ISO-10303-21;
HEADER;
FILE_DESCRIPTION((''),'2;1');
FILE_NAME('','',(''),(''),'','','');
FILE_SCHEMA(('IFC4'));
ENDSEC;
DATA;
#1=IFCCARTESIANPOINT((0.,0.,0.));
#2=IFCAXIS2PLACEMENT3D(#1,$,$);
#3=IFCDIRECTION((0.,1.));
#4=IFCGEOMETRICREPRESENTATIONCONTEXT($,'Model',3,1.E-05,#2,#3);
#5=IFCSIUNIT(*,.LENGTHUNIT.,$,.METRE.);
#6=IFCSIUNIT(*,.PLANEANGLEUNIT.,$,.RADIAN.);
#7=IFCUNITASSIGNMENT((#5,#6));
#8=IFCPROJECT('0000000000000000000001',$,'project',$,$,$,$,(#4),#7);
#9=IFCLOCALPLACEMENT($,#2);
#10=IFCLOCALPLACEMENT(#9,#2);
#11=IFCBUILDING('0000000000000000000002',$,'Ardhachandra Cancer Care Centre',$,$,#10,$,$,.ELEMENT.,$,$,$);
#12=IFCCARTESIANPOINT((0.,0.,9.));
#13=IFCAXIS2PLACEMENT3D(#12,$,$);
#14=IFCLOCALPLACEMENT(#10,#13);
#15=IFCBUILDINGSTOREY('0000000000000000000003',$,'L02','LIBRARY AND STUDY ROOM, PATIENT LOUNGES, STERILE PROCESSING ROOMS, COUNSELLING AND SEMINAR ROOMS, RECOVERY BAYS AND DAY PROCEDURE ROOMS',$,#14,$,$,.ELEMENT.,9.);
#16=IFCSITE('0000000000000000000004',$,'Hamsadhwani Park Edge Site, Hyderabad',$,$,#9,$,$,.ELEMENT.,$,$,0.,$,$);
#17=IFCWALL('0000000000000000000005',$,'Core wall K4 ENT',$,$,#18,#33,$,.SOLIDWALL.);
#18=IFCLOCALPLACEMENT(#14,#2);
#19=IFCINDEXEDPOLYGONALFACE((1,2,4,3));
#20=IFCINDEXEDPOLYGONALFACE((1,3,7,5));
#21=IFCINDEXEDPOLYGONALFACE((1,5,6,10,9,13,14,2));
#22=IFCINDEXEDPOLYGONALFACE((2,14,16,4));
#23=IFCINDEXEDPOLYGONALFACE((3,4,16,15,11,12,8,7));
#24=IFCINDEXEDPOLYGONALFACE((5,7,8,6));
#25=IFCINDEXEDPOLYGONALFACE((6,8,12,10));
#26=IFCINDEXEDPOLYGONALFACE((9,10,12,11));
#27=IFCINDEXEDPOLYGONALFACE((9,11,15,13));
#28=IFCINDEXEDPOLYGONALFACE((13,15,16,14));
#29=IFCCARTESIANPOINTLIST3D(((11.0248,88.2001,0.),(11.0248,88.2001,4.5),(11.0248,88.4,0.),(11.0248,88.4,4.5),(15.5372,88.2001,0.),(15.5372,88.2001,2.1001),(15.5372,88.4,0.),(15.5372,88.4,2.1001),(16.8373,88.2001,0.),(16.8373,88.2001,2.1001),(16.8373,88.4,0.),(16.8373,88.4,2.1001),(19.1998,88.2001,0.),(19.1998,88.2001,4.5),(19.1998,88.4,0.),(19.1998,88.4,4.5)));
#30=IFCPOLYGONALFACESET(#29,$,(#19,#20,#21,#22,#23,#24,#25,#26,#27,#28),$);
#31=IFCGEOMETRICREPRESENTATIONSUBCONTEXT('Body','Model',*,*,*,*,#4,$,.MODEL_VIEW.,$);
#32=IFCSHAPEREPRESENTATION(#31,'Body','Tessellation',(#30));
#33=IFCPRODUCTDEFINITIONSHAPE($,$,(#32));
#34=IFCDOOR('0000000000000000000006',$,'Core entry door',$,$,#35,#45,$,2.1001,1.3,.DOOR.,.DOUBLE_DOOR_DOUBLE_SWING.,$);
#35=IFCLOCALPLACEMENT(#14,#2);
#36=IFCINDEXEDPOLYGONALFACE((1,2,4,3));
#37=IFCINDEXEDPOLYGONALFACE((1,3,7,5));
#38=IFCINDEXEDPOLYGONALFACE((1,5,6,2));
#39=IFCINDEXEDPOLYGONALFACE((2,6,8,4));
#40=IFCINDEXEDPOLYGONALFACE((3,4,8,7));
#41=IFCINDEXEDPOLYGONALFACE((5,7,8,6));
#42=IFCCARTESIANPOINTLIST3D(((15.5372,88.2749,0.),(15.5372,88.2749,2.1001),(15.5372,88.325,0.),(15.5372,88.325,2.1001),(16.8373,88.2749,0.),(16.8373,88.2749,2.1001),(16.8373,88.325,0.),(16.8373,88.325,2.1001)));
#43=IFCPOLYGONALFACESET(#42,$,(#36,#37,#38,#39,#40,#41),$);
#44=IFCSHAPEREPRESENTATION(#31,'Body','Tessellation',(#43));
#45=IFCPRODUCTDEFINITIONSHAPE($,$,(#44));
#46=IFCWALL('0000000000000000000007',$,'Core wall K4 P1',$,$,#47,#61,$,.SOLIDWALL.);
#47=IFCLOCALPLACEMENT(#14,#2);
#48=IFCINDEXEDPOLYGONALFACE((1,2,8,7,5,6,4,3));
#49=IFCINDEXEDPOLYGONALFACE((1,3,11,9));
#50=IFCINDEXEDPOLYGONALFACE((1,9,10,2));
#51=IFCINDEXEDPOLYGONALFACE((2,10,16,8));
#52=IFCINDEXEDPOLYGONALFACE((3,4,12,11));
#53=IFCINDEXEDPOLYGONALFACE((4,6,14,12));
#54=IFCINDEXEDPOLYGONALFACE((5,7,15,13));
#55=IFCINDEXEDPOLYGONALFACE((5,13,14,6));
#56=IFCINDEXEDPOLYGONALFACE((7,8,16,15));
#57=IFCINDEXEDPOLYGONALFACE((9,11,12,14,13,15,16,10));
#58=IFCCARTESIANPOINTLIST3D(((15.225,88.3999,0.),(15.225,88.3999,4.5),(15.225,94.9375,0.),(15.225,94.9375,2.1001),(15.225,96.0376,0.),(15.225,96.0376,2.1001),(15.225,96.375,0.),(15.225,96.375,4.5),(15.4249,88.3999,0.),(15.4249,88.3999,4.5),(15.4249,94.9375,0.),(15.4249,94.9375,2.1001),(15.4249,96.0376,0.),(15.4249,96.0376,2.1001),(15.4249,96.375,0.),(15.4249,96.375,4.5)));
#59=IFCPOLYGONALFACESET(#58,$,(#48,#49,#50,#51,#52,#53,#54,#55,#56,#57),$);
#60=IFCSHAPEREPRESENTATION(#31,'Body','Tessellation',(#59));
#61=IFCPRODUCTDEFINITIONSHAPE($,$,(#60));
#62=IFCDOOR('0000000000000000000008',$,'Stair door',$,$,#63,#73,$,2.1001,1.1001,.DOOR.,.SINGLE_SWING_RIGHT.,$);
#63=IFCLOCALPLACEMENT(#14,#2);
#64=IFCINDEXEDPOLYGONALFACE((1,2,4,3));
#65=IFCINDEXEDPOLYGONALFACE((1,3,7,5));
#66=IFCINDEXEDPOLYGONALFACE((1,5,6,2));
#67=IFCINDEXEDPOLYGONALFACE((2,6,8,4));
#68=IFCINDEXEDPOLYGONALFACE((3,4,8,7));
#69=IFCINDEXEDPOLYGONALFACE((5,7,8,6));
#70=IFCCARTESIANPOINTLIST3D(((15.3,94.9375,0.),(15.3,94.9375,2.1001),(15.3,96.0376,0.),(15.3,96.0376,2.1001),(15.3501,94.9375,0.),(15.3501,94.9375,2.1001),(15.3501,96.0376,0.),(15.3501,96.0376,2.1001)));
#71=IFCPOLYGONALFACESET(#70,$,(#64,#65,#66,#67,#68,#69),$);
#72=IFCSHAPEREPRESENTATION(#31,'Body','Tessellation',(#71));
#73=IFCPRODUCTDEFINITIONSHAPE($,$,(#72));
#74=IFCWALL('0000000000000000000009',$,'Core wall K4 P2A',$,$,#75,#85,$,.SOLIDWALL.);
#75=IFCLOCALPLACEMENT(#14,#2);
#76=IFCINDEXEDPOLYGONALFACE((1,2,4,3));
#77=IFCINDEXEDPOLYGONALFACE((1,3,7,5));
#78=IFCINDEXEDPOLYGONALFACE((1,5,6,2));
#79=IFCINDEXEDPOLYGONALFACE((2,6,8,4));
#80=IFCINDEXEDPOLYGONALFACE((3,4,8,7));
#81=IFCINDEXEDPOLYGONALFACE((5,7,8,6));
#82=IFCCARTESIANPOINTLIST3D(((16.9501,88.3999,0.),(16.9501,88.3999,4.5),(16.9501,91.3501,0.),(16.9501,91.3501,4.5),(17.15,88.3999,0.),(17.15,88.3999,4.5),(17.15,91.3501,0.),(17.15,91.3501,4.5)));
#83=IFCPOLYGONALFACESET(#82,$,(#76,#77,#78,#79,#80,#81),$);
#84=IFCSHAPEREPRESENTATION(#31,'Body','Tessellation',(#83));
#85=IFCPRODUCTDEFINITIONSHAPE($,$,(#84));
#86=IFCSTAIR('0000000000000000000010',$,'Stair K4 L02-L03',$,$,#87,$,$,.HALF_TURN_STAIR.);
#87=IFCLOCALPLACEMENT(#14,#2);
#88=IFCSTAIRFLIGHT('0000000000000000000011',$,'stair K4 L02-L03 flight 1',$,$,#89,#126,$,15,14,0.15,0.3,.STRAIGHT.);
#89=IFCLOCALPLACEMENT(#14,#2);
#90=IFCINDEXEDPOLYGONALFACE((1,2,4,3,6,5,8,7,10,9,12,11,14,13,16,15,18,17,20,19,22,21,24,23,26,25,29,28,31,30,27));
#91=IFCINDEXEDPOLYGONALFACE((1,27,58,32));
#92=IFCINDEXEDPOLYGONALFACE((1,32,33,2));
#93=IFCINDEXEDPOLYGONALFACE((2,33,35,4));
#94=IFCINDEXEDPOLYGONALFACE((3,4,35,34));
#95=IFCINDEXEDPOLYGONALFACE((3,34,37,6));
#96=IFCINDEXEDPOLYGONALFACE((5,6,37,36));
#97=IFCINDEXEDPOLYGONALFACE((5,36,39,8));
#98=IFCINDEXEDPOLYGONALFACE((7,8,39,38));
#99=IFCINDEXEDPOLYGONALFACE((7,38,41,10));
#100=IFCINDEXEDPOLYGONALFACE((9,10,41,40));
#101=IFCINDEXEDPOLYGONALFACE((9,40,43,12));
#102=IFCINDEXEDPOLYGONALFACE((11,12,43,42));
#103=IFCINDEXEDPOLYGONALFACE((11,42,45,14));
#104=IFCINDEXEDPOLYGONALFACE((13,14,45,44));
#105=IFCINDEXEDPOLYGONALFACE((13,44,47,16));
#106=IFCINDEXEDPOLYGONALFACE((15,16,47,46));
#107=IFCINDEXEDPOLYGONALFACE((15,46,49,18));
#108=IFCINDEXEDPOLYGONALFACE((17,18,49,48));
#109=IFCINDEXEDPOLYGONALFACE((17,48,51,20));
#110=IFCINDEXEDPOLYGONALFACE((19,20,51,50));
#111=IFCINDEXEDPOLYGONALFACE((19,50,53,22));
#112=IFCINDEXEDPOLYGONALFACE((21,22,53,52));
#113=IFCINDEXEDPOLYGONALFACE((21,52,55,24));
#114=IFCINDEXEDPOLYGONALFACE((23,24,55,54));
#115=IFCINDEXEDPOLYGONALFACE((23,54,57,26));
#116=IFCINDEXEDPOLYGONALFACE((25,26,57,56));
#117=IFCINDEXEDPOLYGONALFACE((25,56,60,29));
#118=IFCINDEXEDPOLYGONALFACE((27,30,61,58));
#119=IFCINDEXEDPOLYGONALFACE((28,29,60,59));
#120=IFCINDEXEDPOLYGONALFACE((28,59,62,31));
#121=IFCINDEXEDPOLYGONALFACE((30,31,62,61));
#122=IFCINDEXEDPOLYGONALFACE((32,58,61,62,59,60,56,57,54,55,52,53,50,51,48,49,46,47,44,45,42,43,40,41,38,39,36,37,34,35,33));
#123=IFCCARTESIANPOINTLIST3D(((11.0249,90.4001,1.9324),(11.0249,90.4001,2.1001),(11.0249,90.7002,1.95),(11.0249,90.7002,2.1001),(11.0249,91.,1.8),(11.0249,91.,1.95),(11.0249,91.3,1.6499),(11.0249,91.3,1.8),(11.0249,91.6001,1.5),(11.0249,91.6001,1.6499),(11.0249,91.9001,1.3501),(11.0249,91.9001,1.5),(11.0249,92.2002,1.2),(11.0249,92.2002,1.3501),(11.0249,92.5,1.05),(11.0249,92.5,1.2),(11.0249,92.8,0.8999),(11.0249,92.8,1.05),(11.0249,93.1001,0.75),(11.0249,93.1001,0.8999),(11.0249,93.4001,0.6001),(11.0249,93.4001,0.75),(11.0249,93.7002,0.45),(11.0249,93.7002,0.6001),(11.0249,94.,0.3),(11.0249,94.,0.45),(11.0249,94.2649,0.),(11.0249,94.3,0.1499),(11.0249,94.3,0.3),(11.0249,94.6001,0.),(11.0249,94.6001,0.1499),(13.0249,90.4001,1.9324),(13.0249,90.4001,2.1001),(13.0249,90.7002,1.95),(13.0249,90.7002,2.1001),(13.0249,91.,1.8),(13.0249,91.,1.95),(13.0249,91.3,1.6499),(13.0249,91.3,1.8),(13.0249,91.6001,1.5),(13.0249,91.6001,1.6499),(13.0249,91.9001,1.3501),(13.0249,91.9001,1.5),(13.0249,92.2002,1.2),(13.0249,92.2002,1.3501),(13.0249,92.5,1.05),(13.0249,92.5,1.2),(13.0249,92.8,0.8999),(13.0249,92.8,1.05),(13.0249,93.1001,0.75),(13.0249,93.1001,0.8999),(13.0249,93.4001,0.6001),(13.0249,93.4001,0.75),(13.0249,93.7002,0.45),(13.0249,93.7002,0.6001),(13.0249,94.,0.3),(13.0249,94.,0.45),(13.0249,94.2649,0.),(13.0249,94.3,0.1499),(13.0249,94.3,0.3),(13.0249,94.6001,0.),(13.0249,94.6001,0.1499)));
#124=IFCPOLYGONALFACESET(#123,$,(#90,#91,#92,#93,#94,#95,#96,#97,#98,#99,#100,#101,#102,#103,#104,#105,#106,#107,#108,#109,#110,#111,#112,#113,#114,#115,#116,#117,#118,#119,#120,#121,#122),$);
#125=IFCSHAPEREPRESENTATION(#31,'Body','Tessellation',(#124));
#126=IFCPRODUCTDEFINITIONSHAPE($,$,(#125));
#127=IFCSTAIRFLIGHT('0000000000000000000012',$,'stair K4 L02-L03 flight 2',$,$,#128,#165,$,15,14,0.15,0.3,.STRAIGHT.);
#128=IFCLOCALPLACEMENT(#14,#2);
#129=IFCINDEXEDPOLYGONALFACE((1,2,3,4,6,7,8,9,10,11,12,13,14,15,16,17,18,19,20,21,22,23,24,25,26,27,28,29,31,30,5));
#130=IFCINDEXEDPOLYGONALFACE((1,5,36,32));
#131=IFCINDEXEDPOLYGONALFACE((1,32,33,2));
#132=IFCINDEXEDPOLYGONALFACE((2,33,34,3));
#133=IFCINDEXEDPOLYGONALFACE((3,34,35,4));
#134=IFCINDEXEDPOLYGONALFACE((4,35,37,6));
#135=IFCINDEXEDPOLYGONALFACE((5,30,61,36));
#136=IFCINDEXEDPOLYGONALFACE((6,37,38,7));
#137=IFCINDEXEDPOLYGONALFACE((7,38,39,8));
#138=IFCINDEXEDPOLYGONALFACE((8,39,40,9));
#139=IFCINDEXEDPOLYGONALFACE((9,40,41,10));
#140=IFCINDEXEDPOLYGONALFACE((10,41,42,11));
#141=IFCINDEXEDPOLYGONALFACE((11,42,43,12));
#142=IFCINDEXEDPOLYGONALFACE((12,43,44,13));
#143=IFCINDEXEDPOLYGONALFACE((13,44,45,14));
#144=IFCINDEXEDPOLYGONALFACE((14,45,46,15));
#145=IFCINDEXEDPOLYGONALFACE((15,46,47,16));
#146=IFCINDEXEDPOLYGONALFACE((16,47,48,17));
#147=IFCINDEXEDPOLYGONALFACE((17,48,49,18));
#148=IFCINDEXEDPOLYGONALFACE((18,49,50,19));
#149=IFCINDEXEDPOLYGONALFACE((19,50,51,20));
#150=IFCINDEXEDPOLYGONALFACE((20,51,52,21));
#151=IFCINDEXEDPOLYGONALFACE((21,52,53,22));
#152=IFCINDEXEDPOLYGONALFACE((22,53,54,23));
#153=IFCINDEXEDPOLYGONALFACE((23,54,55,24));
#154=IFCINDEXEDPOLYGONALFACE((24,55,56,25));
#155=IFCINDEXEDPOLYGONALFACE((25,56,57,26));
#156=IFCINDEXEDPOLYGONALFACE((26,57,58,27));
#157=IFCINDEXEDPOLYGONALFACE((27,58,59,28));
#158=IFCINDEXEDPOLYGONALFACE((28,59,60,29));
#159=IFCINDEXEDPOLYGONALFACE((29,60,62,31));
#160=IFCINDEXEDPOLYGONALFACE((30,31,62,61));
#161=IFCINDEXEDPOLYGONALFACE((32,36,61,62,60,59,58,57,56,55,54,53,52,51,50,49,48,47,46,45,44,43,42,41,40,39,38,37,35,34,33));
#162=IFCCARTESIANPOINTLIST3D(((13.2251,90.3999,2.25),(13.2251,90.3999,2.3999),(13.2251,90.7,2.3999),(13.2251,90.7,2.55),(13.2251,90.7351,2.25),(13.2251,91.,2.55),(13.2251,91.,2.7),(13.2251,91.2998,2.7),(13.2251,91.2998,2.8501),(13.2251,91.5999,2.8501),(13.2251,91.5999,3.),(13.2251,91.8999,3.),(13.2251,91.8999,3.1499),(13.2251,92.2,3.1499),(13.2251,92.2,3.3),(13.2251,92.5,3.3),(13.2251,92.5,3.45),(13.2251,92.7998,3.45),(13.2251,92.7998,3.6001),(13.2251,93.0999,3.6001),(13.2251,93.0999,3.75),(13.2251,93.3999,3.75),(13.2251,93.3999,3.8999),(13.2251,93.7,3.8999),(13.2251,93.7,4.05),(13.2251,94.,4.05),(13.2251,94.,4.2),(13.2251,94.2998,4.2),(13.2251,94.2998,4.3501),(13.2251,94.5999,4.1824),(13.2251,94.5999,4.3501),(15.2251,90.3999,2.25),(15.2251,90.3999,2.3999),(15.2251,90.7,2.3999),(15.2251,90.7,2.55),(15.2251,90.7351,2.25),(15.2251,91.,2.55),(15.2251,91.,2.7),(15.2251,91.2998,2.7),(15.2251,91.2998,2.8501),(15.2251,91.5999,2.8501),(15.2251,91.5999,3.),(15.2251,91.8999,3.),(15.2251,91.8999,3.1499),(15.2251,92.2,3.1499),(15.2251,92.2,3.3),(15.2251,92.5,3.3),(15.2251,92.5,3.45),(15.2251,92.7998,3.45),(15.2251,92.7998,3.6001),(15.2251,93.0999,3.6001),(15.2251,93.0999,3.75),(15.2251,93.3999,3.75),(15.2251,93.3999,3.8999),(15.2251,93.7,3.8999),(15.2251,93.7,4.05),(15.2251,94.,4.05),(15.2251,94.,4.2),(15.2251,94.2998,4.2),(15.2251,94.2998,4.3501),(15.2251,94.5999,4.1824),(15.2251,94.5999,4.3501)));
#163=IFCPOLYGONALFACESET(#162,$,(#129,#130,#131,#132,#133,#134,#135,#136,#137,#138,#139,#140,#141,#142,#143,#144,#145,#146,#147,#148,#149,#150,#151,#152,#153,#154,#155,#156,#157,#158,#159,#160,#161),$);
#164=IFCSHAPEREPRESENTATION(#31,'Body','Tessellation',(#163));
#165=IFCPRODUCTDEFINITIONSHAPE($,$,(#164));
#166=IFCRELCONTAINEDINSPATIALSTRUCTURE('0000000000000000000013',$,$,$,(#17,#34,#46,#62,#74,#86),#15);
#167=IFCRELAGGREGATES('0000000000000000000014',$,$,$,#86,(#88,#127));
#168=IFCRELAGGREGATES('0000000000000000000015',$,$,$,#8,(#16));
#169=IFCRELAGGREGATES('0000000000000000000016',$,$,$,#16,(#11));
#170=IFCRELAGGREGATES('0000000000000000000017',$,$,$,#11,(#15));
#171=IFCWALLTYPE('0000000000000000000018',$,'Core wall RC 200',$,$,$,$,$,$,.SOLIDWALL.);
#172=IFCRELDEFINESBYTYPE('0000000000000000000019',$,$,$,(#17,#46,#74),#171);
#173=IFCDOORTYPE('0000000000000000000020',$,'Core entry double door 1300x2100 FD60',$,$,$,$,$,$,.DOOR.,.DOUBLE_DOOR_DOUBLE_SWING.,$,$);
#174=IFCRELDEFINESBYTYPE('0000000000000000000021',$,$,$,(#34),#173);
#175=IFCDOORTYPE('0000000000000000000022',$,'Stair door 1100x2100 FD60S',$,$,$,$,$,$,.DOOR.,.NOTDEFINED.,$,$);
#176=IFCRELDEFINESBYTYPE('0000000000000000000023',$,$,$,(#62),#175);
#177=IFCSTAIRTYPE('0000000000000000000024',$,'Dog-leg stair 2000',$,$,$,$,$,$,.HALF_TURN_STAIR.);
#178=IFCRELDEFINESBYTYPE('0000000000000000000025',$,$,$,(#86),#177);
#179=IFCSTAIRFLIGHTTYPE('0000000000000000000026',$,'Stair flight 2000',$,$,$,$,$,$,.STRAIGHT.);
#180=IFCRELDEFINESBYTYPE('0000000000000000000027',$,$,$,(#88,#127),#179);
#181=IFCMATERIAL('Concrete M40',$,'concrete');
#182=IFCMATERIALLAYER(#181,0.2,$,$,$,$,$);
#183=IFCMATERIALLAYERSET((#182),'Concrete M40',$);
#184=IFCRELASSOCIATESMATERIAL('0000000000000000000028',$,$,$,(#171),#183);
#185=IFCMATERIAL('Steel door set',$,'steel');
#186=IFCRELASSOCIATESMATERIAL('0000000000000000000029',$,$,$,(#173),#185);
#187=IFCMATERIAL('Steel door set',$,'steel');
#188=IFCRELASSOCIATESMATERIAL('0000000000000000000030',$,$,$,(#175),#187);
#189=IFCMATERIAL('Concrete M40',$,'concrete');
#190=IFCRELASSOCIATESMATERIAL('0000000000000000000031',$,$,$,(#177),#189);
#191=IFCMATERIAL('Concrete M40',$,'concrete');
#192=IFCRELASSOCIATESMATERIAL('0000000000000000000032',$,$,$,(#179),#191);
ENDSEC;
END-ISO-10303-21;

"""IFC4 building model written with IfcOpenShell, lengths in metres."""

from ifc_helpers import new_model, si_unit, direction, frame, frame_2d, origin, place, context, subcontext, project, spatial, polyline, rectangle, outline, extrude, material, layer, layer_set, type_object, element, fill, aggregate, save


model = new_model("IFC4")

# Units and contexts
model_context = context("Model", 3, precision=1e-05, world=origin(), true_north=direction((0.0, 1.0)))
body_context = subcontext(model_context, "Body", "Model", "MODEL_VIEW")
ifc_project = project(units=[si_unit("LENGTHUNIT", "METRE"), si_unit("PLANEANGLEUNIT", "RADIAN")], contexts=[model_context])

# Site, building, storey
site_placement = place(None, origin())
site = spatial("IfcSite", under=ifc_project, at=site_placement, Name="Hamsadhwani Park Edge Site, Hyderabad", CompositionType="ELEMENT", RefElevation=0.0)
building_placement = place(site_placement, origin())
building = spatial("IfcBuilding", under=site, at=building_placement, Name="Ardhachandra Cancer Care Centre", CompositionType="ELEMENT")
storey_placement = place(building_placement, frame((0.0, 0.0, 9.0)))
storey = spatial("IfcBuildingStorey", under=building, at=storey_placement, Name="L02", Description="LIBRARY AND STUDY ROOM, PATIENT LOUNGES, STERILE PROCESSING ROOMS, COUNSELLING AND SEMINAR ROOMS, RECOVERY BAYS AND DAY PROCEDURE ROOMS", CompositionType="ELEMENT", Elevation=9.0)

# Walls, openings, doors
ifc_material_1 = material(Name="Concrete M40", Category="concrete")
ifc_layer_1 = layer(ifc_material_1, 0.2)
ifc_layer_set_1 = layer_set([ifc_layer_1], Name="Concrete M40")
wall_type_1 = type_object("IfcWallType", Name="Core wall RC 200", PredefinedType="SOLIDWALL", material=ifc_layer_set_1)
wall_1_placement = place(storey_placement, frame((11.0249, 88.3, 0.0), z_axis=(0.0, 0.0, 1.0), x_axis=(1.0, 0.0, 0.0)))
wall_1 = element("IfcWall", 1, at=wall_1_placement, inside=storey, type_object=wall_type_1, Name="Core wall K4 ENT", PredefinedType="SOLIDWALL", context=body_context, shape_type="SweptSolid", body=[
    extrude(rectangle(XDim=8.175, YDim=0.2, at=frame_2d((4.0874, 0.0))), origin(), (0.0, 0.0, 1.0), 4.5),
])
opening_1_placement = place(wall_1_placement, frame((4.5125, 0.0, 0.0)))
opening_1 = element("IfcOpeningElement", 2, at=opening_1_placement, cuts=wall_1, PredefinedType="OPENING", context=body_context, shape_type="SweptSolid", body=[
    extrude(rectangle(XDim=1.3, YDim=2.1001, at=frame_2d((0.6499, 1.05))), frame((0.0, 0.1099, 0.0), z_axis=(0.0, -1.0, 0.0), x_axis=(1.0, 0.0, 0.0)), (0.0, 0.0, 1.0), 0.22),
])
ifc_material_2 = material(Name="Steel door set", Category="steel")
door_type_1 = type_object("IfcDoorType", Name="Core entry double door 1300x2100 FD60", OperationType="DOUBLE_DOOR_DOUBLE_SWING", PredefinedType="DOOR", material=ifc_material_2)
door_1_placement = place(opening_1_placement, origin())
door_1 = element("IfcDoor", 3, at=door_1_placement, inside=storey, type_object=door_type_1, Name="Core entry door", OperationType="DOUBLE_DOOR_DOUBLE_SWING", OverallHeight=2.1001, OverallWidth=1.3, PredefinedType="DOOR", context=body_context, shape_type="SweptSolid", body=[
    extrude(rectangle(XDim=1.3, YDim=2.1001, at=frame_2d((0.6499, 1.05))), frame((0.0, 0.0249, 0.0), z_axis=(0.0, -1.0, 0.0), x_axis=(1.0, 0.0, 0.0)), (0.0, 0.0, 1.0), 0.05),
])
fill(opening_1, door_1)
wall_2_placement = place(storey_placement, frame((15.325, 88.3999, 0.0), z_axis=(0.0, 0.0, 1.0), x_axis=(0.0, 1.0, 0.0)))
wall_2 = element("IfcWall", 4, at=wall_2_placement, inside=storey, type_object=wall_type_1, Name="Core wall K4 P1", PredefinedType="SOLIDWALL", context=body_context, shape_type="SweptSolid", body=[
    extrude(rectangle(XDim=7.9751, YDim=0.2, at=frame_2d((3.9875, 0.0))), origin(), (0.0, 0.0, 1.0), 4.5),
])
opening_2_placement = place(wall_2_placement, frame((6.5376, 0.0, 0.0)))
opening_2 = element("IfcOpeningElement", 5, at=opening_2_placement, cuts=wall_2, PredefinedType="OPENING", context=body_context, shape_type="SweptSolid", body=[
    extrude(rectangle(XDim=1.1001, YDim=2.1001, at=frame_2d((0.55, 1.05))), frame((0.0, 0.1099, 0.0), z_axis=(0.0, -1.0, 0.0), x_axis=(1.0, 0.0, 0.0)), (0.0, 0.0, 1.0), 0.22),
])
ifc_material_3 = material(Name="Steel door set", Category="steel")
door_type_2 = type_object("IfcDoorType", Name="Stair door 1100x2100 FD60S", OperationType="NOTDEFINED", PredefinedType="DOOR", material=ifc_material_3)
door_2_placement = place(opening_2_placement, origin())
door_2 = element("IfcDoor", 6, at=door_2_placement, inside=storey, type_object=door_type_2, Name="Stair door", OperationType="SINGLE_SWING_RIGHT", OverallHeight=2.1001, OverallWidth=1.1001, PredefinedType="DOOR", context=body_context, shape_type="SweptSolid", body=[
    extrude(rectangle(XDim=1.1001, YDim=2.1001, at=frame_2d((0.55, 1.05))), frame((0.0, 0.0249, 0.0), z_axis=(0.0, -1.0, 0.0), x_axis=(1.0, 0.0, 0.0)), (0.0, 0.0, 1.0), 0.05),
])
fill(opening_2, door_2)

# Wall
wall_3_placement = place(storey_placement, frame((17.05, 88.3999, 0.0), z_axis=(0.0, 0.0, 1.0), x_axis=(0.0, 1.0, 0.0)))
element("IfcWall", 7, at=wall_3_placement, inside=storey, type_object=wall_type_1, Name="Core wall K4 P2A", PredefinedType="SOLIDWALL", context=body_context, shape_type="SweptSolid", body=[
    extrude(rectangle(XDim=2.9502, YDim=0.2, at=frame_2d((1.4751, 0.0))), origin(), (0.0, 0.0, 1.0), 4.5),
])

# Stair, stair flights
ifc_material_4 = material(Name="Concrete M40", Category="concrete")
stair_type = type_object("IfcStairType", Name="Dog-leg stair 2000", PredefinedType="HALF_TURN_STAIR", material=ifc_material_4)
stair_placement = place(storey_placement, origin())
stair = element("IfcStair", 8, at=stair_placement, inside=storey, type_object=stair_type, Name="Stair K4 L02-L03", PredefinedType="HALF_TURN_STAIR")
ifc_material_5 = material(Name="Concrete M40", Category="concrete")
stair_flight_type = type_object("IfcStairFlightType", Name="Stair flight 2000", PredefinedType="STRAIGHT", material=ifc_material_5)
stair_flight_1_placement = place(storey_placement, frame((12.0249, 94.6001, 0.0), z_axis=(0.0, 0.0, 1.0), x_axis=(0.0, -1.0, 0.0)))
stair_flight_1 = element("IfcStairFlight", 9, at=stair_flight_1_placement, type_object=stair_flight_type, Name="stair K4 L02-L03 flight 1", NumberOfRisers=15, NumberOfTreads=14, PredefinedType="STRAIGHT", RiserHeight=0.15, TreadLength=0.3, context=body_context, shape_type="SweptSolid", body=[
    extrude(outline(polyline([(0.0, 0.0), (0.0, 0.1499), (0.3, 0.1499), (0.3, 0.3), (0.6001, 0.3), (0.6001, 0.45), (0.8999, 0.45), (0.8999, 0.6001), (1.2, 0.6001), (1.2, 0.75), (1.5, 0.75), (1.5, 0.8999), (1.8, 0.8999), (1.8, 1.05), (2.1001, 1.05), (2.1001, 1.2), (2.3999, 1.2), (2.3999, 1.3501), (2.7, 1.3501), (2.7, 1.5), (3.0, 1.5), (3.0, 1.6499), (3.3, 1.6499), (3.3, 1.8), (3.6001, 1.8), (3.6001, 1.95), (3.8999, 1.95), (3.8999, 2.1001), (4.2, 2.1001), (4.2, 2.25), (4.2, 1.9324), (0.3352, 0.0), (0.0, 0.0)])), frame((0.0, 1.0, 0.0), z_axis=(0.0, -1.0, 0.0), x_axis=(1.0, 0.0, 0.0)), (0.0, 0.0, 1.0), 2.0),
])
stair_flight_2_placement = place(storey_placement, frame((14.2251, 90.3999, 2.25), z_axis=(0.0, 0.0, 1.0), x_axis=(0.0, 1.0, 0.0)))
stair_flight_2 = element("IfcStairFlight", 10, at=stair_flight_2_placement, type_object=stair_flight_type, Name="stair K4 L02-L03 flight 2", NumberOfRisers=15, NumberOfTreads=14, PredefinedType="STRAIGHT", RiserHeight=0.15, TreadLength=0.3, context=body_context, shape_type="SweptSolid", body=[
    extrude(outline(polyline([(0.0, 0.0), (0.0, 0.1499), (0.3, 0.1499), (0.3, 0.3), (0.6001, 0.3), (0.6001, 0.45), (0.8999, 0.45), (0.8999, 0.6001), (1.2, 0.6001), (1.2, 0.75), (1.5, 0.75), (1.5, 0.8999), (1.8, 0.8999), (1.8, 1.05), (2.1001, 1.05), (2.1001, 1.2), (2.3999, 1.2), (2.3999, 1.3501), (2.7, 1.3501), (2.7, 1.5), (3.0, 1.5), (3.0, 1.6499), (3.3, 1.6499), (3.3, 1.8), (3.6001, 1.8), (3.6001, 1.95), (3.8999, 1.95), (3.8999, 2.1001), (4.2, 2.1001), (4.2, 2.25), (4.2, 1.9324), (0.3352, 0.0), (0.0, 0.0)])), frame((0.0, 1.0, 0.0), z_axis=(0.0, -1.0, 0.0), x_axis=(1.0, 0.0, 0.0)), (0.0, 0.0, 1.0), 2.0),
])
aggregate(stair, [stair_flight_1, stair_flight_2])

save(model, "model.ifc")
